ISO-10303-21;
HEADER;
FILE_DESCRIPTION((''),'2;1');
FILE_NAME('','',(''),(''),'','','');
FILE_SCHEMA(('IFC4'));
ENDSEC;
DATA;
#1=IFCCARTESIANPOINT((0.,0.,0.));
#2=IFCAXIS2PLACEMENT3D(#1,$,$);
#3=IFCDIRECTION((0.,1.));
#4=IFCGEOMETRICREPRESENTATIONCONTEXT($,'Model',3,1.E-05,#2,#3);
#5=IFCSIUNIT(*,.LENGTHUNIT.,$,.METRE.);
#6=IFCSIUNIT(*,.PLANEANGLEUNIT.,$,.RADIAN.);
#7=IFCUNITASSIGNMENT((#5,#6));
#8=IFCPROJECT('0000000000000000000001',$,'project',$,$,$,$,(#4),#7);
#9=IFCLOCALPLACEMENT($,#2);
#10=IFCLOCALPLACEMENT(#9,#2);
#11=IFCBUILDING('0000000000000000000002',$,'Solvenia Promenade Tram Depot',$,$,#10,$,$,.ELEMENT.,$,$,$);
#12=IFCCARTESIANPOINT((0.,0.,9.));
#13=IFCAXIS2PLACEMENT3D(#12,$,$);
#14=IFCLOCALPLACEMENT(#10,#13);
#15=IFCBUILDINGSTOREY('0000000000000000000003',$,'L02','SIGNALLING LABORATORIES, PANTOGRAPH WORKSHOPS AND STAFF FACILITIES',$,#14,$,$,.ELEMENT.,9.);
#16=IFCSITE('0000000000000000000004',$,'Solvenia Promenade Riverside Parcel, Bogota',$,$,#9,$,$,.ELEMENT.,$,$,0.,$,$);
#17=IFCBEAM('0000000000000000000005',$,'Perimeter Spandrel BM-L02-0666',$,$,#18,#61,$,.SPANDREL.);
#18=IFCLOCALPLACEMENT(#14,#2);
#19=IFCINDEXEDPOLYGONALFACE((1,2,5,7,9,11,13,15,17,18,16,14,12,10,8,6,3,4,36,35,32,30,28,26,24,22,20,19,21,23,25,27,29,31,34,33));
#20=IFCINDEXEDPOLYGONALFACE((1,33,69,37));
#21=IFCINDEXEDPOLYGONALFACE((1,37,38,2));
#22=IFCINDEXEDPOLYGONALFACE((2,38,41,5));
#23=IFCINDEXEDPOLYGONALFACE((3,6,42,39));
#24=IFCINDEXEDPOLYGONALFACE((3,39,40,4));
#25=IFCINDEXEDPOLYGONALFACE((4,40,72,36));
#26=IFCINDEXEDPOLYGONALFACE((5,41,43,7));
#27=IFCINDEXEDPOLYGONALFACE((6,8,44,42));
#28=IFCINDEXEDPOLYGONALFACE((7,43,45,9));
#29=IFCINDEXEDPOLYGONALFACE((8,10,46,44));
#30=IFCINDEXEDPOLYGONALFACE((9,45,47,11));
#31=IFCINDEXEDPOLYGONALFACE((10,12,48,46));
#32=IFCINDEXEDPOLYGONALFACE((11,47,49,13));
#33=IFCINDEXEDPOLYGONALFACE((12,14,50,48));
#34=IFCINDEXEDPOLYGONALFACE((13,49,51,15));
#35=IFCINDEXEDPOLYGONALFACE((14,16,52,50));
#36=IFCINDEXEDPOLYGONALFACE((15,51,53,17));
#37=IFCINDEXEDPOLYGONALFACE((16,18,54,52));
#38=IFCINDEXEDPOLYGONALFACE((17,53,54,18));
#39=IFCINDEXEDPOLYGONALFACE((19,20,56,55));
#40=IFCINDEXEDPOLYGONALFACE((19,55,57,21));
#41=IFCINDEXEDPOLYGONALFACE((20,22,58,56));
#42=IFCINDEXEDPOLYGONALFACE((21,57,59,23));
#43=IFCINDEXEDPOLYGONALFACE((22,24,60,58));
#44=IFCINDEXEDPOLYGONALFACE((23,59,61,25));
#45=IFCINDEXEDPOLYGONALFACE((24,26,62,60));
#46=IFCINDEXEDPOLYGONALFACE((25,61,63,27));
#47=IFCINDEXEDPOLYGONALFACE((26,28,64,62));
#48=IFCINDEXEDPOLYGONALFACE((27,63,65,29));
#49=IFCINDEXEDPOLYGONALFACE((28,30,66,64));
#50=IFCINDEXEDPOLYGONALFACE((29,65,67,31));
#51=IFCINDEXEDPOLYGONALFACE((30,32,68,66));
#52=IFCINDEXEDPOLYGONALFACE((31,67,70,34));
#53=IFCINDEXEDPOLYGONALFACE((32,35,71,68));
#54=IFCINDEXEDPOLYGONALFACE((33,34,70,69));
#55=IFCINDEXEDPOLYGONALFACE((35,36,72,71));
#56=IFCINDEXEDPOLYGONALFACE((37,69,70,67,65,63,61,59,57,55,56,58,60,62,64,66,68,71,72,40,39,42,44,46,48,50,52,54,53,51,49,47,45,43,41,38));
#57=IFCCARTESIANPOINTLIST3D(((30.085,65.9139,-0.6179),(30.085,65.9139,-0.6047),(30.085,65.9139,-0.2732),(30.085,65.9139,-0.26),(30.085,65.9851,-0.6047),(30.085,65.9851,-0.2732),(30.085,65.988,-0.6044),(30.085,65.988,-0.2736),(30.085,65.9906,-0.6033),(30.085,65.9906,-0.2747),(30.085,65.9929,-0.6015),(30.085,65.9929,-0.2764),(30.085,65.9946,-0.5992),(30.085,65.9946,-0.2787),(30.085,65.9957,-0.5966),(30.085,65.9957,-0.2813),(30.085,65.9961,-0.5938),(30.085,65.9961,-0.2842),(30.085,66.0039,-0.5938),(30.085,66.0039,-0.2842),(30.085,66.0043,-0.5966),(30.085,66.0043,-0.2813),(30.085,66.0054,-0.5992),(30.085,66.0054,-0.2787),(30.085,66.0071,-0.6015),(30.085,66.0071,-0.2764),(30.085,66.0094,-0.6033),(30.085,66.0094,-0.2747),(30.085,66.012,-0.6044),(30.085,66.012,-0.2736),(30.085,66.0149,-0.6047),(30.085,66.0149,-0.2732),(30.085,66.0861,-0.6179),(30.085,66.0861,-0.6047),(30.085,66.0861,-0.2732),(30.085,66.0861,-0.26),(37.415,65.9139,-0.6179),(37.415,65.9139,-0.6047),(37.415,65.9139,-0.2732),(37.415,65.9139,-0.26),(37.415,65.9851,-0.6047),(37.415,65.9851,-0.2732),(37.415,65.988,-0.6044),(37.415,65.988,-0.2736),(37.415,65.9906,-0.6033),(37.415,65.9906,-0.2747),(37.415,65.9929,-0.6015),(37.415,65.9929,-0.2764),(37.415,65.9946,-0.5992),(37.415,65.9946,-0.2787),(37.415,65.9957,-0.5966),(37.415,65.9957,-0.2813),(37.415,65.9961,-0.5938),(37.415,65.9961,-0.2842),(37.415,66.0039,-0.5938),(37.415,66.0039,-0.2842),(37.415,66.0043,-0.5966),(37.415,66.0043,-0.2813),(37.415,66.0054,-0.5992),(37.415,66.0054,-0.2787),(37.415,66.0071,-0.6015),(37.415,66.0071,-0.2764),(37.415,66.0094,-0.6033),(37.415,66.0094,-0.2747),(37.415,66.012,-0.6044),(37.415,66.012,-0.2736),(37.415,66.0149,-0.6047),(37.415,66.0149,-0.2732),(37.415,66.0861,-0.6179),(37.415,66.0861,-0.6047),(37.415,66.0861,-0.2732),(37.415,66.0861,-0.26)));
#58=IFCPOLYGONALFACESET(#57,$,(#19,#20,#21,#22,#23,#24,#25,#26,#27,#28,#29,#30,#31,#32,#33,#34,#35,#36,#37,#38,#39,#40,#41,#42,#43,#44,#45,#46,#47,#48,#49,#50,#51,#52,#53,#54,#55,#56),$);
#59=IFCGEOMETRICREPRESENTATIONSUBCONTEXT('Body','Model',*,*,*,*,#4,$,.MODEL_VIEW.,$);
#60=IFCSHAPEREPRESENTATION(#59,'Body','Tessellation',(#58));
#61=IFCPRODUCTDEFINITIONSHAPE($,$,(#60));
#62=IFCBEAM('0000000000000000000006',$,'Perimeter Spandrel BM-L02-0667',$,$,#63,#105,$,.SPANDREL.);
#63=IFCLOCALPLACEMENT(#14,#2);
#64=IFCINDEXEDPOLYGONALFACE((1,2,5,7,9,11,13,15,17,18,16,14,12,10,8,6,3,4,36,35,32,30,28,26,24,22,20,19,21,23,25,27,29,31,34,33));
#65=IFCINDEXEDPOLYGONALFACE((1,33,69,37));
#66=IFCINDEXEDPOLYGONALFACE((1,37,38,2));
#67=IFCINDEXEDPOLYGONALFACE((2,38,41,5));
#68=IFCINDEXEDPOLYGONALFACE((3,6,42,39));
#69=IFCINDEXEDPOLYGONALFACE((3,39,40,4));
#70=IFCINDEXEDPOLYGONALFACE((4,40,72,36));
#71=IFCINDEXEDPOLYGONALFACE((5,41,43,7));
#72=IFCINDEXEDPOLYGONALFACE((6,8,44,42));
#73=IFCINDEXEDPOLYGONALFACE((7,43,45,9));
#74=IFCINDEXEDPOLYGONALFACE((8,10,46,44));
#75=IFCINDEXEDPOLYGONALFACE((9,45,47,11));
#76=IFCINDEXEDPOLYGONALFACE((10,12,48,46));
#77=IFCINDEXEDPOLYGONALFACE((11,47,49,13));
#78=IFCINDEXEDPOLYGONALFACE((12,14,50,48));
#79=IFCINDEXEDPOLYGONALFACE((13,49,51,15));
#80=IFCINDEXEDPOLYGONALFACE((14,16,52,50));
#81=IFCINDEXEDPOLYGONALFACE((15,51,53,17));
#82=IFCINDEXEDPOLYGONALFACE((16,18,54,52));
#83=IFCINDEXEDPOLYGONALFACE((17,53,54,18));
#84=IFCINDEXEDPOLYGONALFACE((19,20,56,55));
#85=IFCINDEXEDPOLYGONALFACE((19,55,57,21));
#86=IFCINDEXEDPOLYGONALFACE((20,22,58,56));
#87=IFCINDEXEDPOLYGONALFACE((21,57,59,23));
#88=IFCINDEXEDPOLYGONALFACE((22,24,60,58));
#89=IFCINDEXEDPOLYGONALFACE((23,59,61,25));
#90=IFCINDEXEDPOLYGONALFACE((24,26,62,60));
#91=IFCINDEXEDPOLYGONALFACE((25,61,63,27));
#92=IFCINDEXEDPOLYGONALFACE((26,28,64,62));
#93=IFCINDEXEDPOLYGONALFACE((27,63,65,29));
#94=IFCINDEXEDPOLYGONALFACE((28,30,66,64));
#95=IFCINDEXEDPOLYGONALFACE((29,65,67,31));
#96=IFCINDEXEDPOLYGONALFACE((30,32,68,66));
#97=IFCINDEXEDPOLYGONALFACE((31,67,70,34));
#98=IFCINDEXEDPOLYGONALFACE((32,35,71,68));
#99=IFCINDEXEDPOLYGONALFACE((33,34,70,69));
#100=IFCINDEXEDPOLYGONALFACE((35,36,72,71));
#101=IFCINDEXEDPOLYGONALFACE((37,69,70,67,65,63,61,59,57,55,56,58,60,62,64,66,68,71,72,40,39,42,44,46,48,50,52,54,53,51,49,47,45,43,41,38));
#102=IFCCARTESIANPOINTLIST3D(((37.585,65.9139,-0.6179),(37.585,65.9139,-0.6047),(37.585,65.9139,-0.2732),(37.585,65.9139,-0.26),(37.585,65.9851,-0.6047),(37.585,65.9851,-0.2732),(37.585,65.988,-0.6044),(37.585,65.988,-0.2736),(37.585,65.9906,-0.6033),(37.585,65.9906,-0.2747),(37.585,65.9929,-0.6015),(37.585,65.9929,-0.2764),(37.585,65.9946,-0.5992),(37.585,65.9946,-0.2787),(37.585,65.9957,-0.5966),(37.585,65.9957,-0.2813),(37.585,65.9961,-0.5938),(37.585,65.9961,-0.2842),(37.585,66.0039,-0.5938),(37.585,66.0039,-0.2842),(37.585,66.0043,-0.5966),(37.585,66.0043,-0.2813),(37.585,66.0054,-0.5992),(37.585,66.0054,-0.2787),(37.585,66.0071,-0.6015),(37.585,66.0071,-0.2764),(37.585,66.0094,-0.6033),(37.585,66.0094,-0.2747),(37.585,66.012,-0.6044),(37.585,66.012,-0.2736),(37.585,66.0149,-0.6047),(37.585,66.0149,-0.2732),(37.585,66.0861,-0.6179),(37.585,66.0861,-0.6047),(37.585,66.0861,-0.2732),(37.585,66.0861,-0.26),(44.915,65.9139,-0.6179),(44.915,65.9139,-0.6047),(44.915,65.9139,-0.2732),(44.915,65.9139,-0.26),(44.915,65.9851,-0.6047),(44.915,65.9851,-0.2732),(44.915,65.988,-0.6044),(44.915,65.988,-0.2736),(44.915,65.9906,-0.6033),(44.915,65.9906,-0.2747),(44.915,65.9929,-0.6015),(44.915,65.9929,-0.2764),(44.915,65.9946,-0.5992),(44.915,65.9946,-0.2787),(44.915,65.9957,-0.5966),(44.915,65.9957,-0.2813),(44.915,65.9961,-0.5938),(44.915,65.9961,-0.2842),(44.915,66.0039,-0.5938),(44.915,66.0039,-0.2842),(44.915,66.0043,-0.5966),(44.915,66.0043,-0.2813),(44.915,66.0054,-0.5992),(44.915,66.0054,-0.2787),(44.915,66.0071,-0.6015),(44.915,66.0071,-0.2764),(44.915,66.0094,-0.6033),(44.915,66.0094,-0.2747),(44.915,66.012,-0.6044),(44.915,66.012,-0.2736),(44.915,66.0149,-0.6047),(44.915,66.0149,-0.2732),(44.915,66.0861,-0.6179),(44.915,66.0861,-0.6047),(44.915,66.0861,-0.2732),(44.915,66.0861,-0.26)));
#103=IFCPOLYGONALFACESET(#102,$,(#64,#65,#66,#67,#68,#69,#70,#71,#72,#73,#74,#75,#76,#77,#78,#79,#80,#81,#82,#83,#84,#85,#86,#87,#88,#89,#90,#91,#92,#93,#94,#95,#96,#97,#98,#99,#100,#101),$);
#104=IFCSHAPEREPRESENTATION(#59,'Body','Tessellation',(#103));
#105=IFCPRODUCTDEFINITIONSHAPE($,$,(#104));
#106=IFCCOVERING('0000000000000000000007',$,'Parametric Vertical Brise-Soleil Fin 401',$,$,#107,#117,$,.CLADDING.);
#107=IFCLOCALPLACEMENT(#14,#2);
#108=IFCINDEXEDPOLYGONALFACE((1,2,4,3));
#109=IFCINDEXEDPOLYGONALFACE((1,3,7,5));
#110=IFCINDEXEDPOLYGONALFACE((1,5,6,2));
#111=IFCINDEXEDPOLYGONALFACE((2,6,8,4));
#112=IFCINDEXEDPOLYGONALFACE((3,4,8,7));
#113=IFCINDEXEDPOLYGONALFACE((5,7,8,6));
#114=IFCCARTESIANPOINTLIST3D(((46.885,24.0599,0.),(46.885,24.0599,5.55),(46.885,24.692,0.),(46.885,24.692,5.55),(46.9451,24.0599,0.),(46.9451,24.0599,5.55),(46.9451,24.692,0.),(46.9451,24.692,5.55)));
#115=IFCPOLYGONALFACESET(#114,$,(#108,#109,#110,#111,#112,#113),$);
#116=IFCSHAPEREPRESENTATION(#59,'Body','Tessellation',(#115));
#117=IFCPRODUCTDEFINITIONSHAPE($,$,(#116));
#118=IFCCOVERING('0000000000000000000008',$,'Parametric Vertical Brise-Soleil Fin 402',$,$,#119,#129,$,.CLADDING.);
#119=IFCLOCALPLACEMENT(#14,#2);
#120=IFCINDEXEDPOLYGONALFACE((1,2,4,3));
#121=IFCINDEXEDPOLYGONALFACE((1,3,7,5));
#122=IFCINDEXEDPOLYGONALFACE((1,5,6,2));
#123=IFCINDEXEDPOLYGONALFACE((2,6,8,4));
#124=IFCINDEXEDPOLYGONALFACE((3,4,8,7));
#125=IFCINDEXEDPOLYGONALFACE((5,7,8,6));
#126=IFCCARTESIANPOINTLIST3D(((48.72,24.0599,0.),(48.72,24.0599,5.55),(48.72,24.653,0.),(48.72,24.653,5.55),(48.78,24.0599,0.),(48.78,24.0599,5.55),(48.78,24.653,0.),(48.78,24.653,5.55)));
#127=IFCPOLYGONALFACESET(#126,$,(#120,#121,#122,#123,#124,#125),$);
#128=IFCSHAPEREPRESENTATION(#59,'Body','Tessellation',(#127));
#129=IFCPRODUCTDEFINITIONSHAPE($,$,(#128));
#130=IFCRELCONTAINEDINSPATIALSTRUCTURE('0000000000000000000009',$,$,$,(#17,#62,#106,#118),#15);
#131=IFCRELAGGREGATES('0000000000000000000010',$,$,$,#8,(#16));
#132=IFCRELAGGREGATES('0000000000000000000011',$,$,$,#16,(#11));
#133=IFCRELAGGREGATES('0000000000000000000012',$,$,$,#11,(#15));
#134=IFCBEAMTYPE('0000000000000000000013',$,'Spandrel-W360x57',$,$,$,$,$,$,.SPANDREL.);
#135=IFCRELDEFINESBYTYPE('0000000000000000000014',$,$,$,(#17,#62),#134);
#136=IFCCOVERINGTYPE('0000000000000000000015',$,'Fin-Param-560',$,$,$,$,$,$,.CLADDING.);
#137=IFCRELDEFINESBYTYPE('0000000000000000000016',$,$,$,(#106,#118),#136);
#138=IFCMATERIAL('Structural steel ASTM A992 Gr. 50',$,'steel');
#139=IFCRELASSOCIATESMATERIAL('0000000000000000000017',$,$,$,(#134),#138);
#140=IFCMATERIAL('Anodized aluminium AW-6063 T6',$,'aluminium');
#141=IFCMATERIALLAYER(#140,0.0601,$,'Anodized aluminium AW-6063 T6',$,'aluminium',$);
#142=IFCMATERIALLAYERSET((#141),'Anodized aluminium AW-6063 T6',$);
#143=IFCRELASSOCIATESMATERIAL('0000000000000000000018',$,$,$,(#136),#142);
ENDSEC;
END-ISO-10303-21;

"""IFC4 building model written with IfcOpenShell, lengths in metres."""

from ifc_helpers import new_model, si_unit, direction, frame, origin, origin_2d, place, context, subcontext, project, spatial, rectangle, i_section, extrude, material, layer, layer_set, material_profile, profile_set, type_object, element, save


model = new_model("IFC4")

# Units and contexts
model_context = context("Model", 3, precision=1e-05, world=origin(), true_north=direction((0.0, 1.0)))
body_context = subcontext(model_context, "Body", "Model", "MODEL_VIEW")
ifc_project = project(units=[si_unit("LENGTHUNIT", "METRE"), si_unit("PLANEANGLEUNIT", "RADIAN")], contexts=[model_context])

# Site, building, storey
site_placement = place(None, origin())
site = spatial("IfcSite", under=ifc_project, at=site_placement, Name="Solvenia Promenade Riverside Parcel, Bogota", CompositionType="ELEMENT", RefElevation=0.0)
building_placement = place(site_placement, origin())
building = spatial("IfcBuilding", under=site, at=building_placement, Name="Solvenia Promenade Tram Depot", CompositionType="ELEMENT")
storey_placement = place(building_placement, frame((0.0, 0.0, 9.0)))
storey = spatial("IfcBuildingStorey", under=building, at=storey_placement, Name="L02", Description="SIGNALLING LABORATORIES, PANTOGRAPH WORKSHOPS AND STAFF FACILITIES", CompositionType="ELEMENT", Elevation=9.0)

# Beams
ifc_material_1 = material(Name="Structural steel ASTM A992 Gr. 50", Category="steel")
ifc_material_profile_1 = material_profile(ifc_material_1, i_section(OverallWidth=0.1721, OverallDepth=0.3579, WebThickness=0.0078, FlangeThickness=0.0132, FilletRadius=0.011, at=origin_2d()), Name="W360x57", Category="steel")
ifc_profile_set_1 = profile_set([ifc_material_profile_1], Name="Structural steel ASTM A992 Gr. 50")
beam_type_1 = type_object("IfcBeamType", Name="Spandrel-W360x57", PredefinedType="SPANDREL", material=ifc_profile_set_1)
for number, where, z_axis, x_axis, name in (
    (1, (30.085, 66.0, -0.439), (1.0, 0.0, 0.0), (0.0, 1.0, 0.0), "Perimeter Spandrel BM-L02-0666"),
    (2, (37.585, 66.0, -0.439), (1.0, 0.0, 0.0), (0.0, 1.0, 0.0), "Perimeter Spandrel BM-L02-0667"),
):
    element("IfcBeam", number, at=place(storey_placement, frame(where, z_axis=z_axis, x_axis=x_axis)), inside=storey, type_object=beam_type_1, Name=name, PredefinedType="SPANDREL", context=body_context, shape_type="SweptSolid", body=[
        extrude(i_section(OverallWidth=0.1721, OverallDepth=0.3579, WebThickness=0.0078, FlangeThickness=0.0132, FilletRadius=0.011, at=origin_2d()), origin(), (0.0, 0.0, 1.0), 7.3301),
    ])

# Coverings
ifc_material_2 = material(Name="Anodized aluminium AW-6063 T6", Category="aluminium")
ifc_layer = layer(ifc_material_2, 0.0601, Name="Anodized aluminium AW-6063 T6", Category="aluminium")
ifc_layer_set = layer_set([ifc_layer], Name="Anodized aluminium AW-6063 T6")
covering_type = type_object("IfcCoveringType", Name="Fin-Param-560", PredefinedType="CLADDING", material=ifc_layer_set)
covering_1_placement = place(storey_placement, frame((46.915, 24.376, 0.0), z_axis=(0.0, 0.0, 1.0), x_axis=(1.0, 0.0, 0.0)))
element("IfcCovering", 3, at=covering_1_placement, inside=storey, type_object=covering_type, Name="Parametric Vertical Brise-Soleil Fin 401", PredefinedType="CLADDING", context=body_context, shape_type="SweptSolid", body=[
    extrude(rectangle(XDim=0.0601, YDim=0.6321, at=origin_2d()), origin(), (0.0, 0.0, 1.0), 5.55),
])
covering_2_placement = place(storey_placement, frame((48.75, 24.3564, 0.0), z_axis=(0.0, 0.0, 1.0), x_axis=(1.0, 0.0, 0.0)))
element("IfcCovering", 4, at=covering_2_placement, inside=storey, type_object=covering_type, Name="Parametric Vertical Brise-Soleil Fin 402", PredefinedType="CLADDING", context=body_context, shape_type="SweptSolid", body=[
    extrude(rectangle(XDim=0.0601, YDim=0.593, at=origin_2d()), origin(), (0.0, 0.0, 1.0), 5.55),
])

save(model, "model.ifc")
